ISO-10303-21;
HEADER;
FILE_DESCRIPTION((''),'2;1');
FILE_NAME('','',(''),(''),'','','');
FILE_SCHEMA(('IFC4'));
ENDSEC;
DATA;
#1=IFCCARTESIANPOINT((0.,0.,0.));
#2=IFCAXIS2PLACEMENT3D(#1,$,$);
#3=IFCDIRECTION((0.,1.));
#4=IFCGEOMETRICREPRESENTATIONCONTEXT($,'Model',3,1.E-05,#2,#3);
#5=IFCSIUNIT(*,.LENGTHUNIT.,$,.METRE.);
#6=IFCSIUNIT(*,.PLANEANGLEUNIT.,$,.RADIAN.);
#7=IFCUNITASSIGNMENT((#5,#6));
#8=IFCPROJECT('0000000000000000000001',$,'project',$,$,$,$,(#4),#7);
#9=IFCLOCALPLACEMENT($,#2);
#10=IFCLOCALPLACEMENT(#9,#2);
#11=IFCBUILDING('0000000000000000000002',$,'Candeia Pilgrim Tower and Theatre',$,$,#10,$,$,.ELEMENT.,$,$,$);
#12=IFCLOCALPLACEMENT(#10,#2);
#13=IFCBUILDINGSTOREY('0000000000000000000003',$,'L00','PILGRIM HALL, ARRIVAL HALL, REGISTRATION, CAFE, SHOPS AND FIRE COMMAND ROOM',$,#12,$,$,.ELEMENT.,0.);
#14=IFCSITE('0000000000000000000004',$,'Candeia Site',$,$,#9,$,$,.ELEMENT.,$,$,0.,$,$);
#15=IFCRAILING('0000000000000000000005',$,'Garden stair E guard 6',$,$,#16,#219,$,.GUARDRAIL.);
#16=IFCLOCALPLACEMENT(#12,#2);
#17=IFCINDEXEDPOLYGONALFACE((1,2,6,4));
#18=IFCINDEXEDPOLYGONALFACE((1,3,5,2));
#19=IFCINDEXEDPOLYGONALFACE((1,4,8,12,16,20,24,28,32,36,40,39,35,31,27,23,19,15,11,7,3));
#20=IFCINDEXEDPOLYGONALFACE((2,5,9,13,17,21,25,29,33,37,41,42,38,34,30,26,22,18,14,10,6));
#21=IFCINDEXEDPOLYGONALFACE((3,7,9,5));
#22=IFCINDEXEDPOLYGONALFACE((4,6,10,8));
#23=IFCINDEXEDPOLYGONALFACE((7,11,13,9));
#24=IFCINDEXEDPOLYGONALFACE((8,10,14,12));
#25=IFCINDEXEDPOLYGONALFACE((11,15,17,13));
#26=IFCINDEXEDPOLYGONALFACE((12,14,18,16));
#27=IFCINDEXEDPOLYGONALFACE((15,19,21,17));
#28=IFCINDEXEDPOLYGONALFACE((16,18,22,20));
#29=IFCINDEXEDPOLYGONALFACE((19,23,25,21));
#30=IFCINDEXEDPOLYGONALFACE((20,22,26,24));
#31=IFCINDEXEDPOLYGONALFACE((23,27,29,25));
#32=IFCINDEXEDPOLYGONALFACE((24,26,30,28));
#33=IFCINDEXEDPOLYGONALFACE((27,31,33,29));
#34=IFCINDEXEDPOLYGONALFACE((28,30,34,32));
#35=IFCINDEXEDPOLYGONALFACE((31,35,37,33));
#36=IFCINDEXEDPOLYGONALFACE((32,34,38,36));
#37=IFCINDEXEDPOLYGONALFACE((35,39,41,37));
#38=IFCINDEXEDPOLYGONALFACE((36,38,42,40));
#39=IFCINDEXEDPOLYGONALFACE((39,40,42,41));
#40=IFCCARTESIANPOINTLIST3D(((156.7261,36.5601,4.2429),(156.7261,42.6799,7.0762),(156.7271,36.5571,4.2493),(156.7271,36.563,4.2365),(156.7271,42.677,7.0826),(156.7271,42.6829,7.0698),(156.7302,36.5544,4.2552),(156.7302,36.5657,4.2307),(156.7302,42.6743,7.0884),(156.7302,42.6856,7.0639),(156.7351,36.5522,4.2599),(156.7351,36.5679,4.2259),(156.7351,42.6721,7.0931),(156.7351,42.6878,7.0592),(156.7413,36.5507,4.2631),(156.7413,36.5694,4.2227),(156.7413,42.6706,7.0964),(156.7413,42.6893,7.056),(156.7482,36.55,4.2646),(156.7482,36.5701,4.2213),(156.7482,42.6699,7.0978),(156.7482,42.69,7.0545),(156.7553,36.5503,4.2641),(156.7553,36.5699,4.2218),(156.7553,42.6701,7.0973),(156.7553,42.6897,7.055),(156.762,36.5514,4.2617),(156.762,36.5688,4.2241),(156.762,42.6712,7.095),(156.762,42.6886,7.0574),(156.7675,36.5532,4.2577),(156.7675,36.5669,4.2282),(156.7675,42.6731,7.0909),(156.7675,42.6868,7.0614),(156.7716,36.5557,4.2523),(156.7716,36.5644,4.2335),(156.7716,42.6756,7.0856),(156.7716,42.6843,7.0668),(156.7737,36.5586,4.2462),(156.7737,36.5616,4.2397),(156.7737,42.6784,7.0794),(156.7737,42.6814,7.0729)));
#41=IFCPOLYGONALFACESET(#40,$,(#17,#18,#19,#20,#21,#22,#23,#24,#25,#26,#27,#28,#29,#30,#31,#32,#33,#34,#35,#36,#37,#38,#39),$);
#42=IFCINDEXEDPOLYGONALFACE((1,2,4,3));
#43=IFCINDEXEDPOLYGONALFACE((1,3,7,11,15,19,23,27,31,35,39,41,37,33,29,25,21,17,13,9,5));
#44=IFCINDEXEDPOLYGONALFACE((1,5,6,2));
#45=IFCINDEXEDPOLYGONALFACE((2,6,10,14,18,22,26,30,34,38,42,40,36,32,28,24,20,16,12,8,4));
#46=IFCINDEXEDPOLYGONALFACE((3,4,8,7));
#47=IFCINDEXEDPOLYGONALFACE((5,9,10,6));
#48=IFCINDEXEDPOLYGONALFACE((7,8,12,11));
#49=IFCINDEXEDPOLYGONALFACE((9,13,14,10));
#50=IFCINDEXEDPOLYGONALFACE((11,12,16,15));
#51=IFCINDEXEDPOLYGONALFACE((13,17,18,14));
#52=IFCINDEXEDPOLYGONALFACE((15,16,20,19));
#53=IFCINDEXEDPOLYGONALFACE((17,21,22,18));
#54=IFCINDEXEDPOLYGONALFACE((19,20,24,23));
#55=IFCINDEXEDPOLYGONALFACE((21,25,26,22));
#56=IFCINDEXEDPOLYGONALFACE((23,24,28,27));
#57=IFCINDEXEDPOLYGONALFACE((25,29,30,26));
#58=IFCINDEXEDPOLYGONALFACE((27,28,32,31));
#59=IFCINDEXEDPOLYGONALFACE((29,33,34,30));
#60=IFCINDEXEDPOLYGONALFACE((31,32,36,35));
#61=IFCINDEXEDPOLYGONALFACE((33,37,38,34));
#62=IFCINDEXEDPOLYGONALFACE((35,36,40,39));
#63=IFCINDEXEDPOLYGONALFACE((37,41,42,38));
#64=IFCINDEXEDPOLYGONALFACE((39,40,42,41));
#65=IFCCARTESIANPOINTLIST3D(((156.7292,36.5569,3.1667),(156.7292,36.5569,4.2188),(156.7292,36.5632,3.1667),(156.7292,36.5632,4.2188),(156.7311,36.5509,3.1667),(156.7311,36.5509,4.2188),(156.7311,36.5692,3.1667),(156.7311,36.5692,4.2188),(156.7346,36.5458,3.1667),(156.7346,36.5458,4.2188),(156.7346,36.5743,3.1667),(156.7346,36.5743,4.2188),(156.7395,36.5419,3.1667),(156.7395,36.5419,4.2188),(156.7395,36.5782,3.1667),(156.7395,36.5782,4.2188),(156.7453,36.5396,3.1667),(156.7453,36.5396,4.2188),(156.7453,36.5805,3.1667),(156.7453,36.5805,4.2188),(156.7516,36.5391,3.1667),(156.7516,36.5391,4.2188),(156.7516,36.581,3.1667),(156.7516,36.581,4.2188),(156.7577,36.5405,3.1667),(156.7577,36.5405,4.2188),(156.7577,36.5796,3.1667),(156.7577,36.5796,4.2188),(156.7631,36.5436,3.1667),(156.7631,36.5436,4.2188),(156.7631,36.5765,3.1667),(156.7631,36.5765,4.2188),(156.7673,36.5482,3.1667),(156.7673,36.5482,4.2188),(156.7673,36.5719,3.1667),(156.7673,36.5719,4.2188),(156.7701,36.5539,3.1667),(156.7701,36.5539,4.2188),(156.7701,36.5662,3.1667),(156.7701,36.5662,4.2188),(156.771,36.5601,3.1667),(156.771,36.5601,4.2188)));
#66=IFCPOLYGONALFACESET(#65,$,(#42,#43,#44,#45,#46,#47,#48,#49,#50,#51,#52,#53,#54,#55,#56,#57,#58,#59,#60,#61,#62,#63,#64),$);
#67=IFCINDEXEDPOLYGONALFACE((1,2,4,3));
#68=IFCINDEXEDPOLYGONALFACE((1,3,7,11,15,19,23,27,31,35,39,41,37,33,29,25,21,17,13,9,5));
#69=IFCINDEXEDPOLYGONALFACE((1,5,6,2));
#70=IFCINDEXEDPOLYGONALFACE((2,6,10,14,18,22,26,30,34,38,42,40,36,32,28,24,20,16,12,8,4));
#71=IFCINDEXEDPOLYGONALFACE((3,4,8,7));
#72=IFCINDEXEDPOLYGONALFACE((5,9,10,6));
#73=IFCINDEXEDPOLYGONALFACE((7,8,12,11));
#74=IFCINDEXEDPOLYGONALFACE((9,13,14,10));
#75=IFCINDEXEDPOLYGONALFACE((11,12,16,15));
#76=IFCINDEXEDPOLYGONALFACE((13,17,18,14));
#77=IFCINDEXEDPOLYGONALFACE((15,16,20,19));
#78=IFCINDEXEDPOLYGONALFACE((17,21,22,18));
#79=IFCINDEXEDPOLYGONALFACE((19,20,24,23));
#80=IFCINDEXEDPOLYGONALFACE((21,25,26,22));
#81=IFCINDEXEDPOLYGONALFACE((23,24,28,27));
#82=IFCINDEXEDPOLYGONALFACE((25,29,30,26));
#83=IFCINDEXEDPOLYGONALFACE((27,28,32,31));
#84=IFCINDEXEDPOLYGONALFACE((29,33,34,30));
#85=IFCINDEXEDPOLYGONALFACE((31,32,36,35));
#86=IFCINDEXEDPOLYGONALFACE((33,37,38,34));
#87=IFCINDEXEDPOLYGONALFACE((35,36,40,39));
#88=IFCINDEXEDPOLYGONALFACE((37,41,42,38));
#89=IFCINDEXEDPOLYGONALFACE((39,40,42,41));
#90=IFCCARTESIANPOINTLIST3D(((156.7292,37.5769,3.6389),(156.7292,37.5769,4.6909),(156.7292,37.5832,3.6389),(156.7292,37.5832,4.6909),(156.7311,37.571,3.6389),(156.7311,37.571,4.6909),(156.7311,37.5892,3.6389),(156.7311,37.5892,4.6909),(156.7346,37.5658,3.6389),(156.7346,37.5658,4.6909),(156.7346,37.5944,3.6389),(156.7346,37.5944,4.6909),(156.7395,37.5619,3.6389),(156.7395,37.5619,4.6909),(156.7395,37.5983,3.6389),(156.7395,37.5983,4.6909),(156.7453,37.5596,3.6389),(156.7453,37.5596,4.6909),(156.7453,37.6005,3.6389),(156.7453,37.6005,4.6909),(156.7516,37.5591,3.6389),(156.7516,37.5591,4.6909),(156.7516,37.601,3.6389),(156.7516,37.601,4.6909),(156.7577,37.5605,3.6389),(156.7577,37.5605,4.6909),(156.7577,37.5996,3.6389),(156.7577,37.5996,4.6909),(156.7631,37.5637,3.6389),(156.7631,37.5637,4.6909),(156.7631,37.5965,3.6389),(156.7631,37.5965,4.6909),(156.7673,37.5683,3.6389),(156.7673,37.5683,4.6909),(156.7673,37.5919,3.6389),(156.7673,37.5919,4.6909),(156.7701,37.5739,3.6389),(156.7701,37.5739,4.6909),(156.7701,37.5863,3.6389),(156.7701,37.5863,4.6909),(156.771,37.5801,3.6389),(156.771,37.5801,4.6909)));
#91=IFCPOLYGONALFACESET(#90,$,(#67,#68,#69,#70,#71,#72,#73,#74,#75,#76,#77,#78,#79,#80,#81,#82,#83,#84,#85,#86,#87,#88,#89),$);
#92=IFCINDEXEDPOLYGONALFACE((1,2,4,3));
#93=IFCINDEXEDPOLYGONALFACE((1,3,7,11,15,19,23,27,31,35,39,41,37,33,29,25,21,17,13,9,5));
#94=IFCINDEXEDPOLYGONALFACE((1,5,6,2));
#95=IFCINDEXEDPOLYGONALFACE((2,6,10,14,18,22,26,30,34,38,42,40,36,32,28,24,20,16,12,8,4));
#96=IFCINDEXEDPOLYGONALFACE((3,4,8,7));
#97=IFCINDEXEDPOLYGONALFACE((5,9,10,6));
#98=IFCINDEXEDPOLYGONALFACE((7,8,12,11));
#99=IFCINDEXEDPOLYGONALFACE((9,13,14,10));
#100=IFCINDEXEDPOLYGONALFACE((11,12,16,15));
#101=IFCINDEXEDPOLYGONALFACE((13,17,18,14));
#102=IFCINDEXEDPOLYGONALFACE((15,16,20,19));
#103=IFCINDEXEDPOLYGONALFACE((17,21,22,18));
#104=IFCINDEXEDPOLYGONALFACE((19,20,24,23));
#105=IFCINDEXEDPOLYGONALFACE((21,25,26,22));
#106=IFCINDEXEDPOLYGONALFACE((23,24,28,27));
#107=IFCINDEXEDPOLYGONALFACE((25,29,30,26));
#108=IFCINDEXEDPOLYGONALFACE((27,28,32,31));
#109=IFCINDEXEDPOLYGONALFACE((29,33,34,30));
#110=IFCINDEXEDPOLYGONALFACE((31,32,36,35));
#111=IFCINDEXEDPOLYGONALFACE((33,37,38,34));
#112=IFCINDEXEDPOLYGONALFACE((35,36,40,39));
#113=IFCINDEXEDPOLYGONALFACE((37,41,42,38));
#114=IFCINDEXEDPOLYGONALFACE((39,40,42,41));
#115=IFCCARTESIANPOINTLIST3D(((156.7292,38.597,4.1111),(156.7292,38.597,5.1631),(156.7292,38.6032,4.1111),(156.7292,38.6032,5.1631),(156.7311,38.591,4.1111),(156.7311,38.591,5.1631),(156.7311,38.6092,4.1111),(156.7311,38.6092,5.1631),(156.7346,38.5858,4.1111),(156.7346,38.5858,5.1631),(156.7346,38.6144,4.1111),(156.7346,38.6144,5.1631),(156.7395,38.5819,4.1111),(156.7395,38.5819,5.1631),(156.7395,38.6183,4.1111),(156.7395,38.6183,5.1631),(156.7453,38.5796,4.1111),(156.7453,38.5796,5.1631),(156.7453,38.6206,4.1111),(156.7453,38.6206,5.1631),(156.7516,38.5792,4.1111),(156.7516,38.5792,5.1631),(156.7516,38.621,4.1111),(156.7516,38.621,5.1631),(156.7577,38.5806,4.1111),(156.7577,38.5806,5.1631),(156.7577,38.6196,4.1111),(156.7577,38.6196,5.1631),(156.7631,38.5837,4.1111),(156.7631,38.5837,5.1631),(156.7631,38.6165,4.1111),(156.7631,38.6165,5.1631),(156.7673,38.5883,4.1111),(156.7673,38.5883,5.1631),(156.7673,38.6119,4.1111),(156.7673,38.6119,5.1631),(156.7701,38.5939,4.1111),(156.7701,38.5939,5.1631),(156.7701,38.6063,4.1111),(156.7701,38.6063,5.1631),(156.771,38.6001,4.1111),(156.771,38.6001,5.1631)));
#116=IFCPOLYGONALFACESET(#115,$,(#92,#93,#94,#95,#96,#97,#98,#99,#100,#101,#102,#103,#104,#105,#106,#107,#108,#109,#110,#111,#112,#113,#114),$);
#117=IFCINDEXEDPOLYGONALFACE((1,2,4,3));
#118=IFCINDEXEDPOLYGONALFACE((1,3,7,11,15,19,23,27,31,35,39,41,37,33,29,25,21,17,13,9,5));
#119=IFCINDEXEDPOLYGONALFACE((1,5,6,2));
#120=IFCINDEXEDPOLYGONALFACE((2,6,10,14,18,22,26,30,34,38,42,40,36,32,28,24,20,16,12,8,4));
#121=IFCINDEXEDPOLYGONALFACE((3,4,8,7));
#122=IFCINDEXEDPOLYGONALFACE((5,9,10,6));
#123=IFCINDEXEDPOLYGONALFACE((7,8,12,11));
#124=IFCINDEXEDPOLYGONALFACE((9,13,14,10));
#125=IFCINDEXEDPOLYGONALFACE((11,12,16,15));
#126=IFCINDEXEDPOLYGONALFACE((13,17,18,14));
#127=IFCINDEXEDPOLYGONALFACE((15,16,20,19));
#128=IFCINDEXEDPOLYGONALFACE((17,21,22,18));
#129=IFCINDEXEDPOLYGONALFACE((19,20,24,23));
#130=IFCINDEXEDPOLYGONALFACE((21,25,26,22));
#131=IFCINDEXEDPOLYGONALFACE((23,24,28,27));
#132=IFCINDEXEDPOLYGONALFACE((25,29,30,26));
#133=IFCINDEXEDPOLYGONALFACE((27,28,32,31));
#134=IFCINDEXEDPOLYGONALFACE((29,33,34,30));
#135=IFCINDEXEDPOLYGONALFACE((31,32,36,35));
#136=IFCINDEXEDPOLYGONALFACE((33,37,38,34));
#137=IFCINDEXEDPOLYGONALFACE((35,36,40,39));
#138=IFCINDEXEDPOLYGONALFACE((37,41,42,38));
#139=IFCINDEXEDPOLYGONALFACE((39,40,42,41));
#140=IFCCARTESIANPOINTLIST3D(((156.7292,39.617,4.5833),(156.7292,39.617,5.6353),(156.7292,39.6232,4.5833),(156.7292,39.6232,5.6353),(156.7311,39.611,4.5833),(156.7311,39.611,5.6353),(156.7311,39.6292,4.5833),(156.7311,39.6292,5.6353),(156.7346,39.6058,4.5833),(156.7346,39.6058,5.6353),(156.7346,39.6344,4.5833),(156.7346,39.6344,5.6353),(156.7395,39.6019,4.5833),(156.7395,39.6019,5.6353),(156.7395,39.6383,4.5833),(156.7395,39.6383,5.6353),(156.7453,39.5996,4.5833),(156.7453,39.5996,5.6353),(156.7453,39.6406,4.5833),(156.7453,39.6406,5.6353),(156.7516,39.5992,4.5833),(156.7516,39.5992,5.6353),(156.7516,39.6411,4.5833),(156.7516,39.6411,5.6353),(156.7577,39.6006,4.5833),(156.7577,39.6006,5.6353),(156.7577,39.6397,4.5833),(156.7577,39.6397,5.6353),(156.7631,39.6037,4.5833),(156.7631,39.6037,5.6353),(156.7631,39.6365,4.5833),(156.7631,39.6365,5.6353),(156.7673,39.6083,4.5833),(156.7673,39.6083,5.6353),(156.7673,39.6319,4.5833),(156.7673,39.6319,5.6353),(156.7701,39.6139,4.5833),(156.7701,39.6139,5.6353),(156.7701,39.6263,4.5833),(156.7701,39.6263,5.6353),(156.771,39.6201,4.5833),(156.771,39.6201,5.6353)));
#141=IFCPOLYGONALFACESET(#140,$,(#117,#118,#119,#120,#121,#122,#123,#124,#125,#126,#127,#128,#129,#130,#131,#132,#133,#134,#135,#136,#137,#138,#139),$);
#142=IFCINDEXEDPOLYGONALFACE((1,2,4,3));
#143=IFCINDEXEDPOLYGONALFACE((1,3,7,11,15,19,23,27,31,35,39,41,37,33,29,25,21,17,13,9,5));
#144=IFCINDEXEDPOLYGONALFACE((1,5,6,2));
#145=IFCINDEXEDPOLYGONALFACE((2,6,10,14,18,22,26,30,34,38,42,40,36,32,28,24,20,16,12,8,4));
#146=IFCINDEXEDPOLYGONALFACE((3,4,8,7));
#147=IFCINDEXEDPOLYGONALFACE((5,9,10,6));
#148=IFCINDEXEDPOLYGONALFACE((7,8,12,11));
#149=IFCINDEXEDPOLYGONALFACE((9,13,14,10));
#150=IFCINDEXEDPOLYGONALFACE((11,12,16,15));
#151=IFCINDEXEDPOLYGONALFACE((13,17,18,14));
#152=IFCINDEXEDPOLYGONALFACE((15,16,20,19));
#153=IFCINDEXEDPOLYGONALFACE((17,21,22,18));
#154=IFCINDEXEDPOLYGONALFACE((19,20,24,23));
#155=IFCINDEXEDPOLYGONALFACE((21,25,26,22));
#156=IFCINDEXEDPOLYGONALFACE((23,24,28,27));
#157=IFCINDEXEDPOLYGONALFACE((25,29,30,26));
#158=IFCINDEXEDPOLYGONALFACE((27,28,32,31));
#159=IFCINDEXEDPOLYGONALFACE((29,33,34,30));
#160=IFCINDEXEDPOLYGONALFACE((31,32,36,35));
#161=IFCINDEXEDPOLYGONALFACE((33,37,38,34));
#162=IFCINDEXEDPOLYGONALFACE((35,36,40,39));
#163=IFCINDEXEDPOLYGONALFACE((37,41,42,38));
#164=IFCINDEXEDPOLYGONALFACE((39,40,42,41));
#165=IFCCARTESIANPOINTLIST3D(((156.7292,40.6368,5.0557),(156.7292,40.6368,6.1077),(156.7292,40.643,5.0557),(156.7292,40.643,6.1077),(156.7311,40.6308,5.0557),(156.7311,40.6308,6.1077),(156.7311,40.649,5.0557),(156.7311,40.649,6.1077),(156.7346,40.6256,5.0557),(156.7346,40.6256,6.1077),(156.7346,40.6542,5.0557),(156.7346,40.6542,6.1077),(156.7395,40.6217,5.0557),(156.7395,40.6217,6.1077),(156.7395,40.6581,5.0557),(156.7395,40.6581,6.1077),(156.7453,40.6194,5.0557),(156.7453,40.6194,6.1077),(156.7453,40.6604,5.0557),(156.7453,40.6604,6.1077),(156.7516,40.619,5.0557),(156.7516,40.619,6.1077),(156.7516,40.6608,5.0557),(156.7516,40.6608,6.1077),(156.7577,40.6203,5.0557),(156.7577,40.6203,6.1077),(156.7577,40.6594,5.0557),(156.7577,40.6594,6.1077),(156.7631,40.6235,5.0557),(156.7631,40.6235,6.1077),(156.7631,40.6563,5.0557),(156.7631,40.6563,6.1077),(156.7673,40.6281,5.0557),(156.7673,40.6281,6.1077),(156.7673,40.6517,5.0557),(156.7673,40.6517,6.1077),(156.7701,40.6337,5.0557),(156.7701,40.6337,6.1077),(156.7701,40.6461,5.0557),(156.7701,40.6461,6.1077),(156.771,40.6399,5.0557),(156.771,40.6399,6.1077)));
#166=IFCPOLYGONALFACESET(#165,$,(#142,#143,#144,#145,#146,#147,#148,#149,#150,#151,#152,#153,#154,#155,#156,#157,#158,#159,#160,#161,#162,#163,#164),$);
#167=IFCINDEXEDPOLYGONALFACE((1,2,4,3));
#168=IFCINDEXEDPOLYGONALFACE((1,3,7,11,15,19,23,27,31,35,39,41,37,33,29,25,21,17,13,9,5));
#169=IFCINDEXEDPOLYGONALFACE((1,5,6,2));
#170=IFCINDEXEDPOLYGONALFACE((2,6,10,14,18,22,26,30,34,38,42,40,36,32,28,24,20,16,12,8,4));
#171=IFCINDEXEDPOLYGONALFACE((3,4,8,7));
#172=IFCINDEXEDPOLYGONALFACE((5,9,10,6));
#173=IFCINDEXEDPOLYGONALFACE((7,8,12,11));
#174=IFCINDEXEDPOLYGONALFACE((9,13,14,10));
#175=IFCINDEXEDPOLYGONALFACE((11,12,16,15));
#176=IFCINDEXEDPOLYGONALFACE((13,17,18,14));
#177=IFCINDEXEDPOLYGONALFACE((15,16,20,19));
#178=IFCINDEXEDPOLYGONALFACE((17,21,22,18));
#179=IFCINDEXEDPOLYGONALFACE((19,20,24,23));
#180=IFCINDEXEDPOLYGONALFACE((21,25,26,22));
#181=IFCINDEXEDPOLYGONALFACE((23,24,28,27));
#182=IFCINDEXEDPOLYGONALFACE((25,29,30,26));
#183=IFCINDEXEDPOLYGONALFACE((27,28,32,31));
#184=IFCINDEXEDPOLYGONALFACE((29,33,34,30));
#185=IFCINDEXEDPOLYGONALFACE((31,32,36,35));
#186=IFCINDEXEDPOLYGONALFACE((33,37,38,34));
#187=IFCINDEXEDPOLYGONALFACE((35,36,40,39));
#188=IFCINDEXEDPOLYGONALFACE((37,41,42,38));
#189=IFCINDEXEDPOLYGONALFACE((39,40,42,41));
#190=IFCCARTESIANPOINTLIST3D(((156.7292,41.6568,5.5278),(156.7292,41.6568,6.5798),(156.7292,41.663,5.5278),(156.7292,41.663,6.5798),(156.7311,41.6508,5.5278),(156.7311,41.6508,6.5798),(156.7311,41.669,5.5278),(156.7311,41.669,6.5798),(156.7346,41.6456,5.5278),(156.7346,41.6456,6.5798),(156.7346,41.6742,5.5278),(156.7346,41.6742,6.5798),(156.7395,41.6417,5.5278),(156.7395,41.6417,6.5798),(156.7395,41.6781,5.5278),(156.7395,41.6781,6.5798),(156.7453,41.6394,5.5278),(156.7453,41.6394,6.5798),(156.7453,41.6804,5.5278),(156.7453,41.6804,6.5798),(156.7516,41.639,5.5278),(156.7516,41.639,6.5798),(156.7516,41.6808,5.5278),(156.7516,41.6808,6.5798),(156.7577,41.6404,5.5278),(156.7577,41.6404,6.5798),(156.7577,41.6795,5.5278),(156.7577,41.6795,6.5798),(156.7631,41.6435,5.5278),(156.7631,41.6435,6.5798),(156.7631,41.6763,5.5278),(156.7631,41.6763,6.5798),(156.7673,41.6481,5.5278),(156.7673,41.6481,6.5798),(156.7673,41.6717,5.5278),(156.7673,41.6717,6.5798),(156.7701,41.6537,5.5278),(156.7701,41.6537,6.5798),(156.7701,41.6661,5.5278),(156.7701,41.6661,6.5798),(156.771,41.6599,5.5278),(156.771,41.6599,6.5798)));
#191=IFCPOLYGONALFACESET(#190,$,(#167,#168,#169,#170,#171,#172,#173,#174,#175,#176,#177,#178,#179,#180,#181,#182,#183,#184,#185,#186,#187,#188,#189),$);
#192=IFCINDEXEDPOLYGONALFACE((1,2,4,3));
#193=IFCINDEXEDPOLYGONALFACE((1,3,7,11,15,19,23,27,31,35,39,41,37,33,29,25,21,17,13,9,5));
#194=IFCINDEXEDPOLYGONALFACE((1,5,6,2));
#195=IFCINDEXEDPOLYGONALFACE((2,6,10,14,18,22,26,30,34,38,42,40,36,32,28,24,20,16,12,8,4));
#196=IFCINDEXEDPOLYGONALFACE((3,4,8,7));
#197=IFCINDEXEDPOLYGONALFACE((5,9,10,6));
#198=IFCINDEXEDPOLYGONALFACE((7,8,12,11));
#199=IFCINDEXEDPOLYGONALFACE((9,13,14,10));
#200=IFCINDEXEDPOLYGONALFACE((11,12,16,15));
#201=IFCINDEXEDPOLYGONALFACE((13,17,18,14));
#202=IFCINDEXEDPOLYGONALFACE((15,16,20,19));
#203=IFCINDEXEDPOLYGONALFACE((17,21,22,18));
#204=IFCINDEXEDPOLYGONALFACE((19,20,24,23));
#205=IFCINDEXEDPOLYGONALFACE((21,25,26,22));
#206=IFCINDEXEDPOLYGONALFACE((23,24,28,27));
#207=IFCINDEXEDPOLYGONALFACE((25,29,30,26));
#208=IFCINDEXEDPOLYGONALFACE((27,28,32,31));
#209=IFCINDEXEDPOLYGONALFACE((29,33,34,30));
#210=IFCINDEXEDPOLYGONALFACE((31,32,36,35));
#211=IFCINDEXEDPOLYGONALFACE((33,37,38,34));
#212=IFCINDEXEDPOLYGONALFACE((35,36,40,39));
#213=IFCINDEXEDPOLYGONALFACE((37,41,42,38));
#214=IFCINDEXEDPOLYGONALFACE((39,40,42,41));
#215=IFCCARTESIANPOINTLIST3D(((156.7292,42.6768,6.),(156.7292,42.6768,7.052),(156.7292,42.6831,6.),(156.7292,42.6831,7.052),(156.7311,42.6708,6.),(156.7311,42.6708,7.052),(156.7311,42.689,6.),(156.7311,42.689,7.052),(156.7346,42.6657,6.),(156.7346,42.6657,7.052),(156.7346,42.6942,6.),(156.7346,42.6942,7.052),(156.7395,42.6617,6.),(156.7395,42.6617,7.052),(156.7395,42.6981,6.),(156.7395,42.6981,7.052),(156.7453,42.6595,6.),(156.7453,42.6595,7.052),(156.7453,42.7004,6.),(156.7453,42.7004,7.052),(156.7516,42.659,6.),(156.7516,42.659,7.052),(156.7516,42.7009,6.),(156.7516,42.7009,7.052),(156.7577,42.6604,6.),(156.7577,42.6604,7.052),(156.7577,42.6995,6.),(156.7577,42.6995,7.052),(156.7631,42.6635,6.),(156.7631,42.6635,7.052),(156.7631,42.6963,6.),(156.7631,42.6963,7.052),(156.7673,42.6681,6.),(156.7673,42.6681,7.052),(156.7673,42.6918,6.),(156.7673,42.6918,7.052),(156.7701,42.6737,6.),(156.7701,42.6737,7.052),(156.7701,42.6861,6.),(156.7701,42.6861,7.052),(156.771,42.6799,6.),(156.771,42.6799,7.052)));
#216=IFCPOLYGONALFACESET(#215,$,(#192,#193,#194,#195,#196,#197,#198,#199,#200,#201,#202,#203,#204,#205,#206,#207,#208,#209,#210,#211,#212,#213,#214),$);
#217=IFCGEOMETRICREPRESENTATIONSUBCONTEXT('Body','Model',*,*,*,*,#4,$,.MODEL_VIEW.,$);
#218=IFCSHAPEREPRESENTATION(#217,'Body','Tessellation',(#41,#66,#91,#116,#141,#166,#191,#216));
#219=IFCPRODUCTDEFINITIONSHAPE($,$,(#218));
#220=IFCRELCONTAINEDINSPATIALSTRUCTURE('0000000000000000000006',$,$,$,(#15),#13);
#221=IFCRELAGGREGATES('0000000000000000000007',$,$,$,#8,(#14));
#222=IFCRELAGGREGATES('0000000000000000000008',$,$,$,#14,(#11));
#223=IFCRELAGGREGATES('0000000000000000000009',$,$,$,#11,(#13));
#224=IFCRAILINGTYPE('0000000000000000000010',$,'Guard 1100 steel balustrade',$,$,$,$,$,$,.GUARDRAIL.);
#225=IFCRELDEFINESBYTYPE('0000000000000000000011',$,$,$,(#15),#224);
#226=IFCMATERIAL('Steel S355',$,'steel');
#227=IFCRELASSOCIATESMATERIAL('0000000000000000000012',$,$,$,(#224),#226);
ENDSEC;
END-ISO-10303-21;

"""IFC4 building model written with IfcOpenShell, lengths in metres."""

from ifc_helpers import new_model, si_unit, direction, frame, origin, origin_2d, place, context, subcontext, project, spatial, circle, extrude, material, type_object, element, save


model = new_model("IFC4")

# Units and contexts
model_context = context("Model", 3, precision=1e-05, world=origin(), true_north=direction((0.0, 1.0)))
body_context = subcontext(model_context, "Body", "Model", "MODEL_VIEW")
ifc_project = project(units=[si_unit("LENGTHUNIT", "METRE"), si_unit("PLANEANGLEUNIT", "RADIAN")], contexts=[model_context])

# Site, building, storey
site_placement = place(None, origin())
site = spatial("IfcSite", under=ifc_project, at=site_placement, Name="Candeia Site", CompositionType="ELEMENT", RefElevation=0.0)
building_placement = place(site_placement, origin())
building = spatial("IfcBuilding", under=site, at=building_placement, Name="Candeia Pilgrim Tower and Theatre", CompositionType="ELEMENT")
storey_placement = place(building_placement, origin())
storey = spatial("IfcBuildingStorey", under=building, at=storey_placement, Name="L00", Description="PILGRIM HALL, ARRIVAL HALL, REGISTRATION, CAFE, SHOPS AND FIRE COMMAND ROOM", CompositionType="ELEMENT", Elevation=0.0)

# Railing
ifc_material_1 = material(Name="Steel S355", Category="steel")
railing_type_1 = type_object("IfcRailingType", Name="Guard 1100 steel balustrade", PredefinedType="GUARDRAIL", material=ifc_material_1)
for number, where, name in (
    (1, (156.75, 36.5601, 3.1667), "Garden stair E guard 6"),
):
    element("IfcRailing", number, at=place(storey_placement, frame(where)), inside=storey, type_object=railing_type_1, Name=name, PredefinedType="GUARDRAIL", context=body_context, shape_type="SweptSolid", body=[
        extrude(circle(Radius=0.0239, at=origin_2d()), frame((0.0, 0.0, 1.0762), z_axis=(0.0, 0.907468, 0.420121), x_axis=(-1.0, 0.0, 0.0)), (0.0, 0.0, 1.0), 6.7439),
        extrude(circle(Radius=0.021, at=origin_2d()), origin(), (0.0, 0.0, 1.0), 1.052),
        extrude(circle(Radius=0.021, at=origin_2d()), frame((0.0, 1.02, 0.4722)), (0.0, 0.0, 1.0), 1.052),
        extrude(circle(Radius=0.021, at=origin_2d()), frame((0.0, 2.04, 0.9443)), (0.0, 0.0, 1.0), 1.052),
        extrude(circle(Radius=0.021, at=origin_2d()), frame((0.0, 3.0601, 1.4165)), (0.0, 0.0, 1.0), 1.052),
        extrude(circle(Radius=0.021, at=origin_2d()), frame((0.0, 4.0798, 1.8889)), (0.0, 0.0, 1.0), 1.052),
        extrude(circle(Radius=0.021, at=origin_2d()), frame((0.0, 5.0999, 2.3611)), (0.0, 0.0, 1.0), 1.052),
        extrude(circle(Radius=0.021, at=origin_2d()), frame((0.0, 6.1199, 2.8333)), (0.0, 0.0, 1.0), 1.052),
    ])

save(model, "model.ifc")
